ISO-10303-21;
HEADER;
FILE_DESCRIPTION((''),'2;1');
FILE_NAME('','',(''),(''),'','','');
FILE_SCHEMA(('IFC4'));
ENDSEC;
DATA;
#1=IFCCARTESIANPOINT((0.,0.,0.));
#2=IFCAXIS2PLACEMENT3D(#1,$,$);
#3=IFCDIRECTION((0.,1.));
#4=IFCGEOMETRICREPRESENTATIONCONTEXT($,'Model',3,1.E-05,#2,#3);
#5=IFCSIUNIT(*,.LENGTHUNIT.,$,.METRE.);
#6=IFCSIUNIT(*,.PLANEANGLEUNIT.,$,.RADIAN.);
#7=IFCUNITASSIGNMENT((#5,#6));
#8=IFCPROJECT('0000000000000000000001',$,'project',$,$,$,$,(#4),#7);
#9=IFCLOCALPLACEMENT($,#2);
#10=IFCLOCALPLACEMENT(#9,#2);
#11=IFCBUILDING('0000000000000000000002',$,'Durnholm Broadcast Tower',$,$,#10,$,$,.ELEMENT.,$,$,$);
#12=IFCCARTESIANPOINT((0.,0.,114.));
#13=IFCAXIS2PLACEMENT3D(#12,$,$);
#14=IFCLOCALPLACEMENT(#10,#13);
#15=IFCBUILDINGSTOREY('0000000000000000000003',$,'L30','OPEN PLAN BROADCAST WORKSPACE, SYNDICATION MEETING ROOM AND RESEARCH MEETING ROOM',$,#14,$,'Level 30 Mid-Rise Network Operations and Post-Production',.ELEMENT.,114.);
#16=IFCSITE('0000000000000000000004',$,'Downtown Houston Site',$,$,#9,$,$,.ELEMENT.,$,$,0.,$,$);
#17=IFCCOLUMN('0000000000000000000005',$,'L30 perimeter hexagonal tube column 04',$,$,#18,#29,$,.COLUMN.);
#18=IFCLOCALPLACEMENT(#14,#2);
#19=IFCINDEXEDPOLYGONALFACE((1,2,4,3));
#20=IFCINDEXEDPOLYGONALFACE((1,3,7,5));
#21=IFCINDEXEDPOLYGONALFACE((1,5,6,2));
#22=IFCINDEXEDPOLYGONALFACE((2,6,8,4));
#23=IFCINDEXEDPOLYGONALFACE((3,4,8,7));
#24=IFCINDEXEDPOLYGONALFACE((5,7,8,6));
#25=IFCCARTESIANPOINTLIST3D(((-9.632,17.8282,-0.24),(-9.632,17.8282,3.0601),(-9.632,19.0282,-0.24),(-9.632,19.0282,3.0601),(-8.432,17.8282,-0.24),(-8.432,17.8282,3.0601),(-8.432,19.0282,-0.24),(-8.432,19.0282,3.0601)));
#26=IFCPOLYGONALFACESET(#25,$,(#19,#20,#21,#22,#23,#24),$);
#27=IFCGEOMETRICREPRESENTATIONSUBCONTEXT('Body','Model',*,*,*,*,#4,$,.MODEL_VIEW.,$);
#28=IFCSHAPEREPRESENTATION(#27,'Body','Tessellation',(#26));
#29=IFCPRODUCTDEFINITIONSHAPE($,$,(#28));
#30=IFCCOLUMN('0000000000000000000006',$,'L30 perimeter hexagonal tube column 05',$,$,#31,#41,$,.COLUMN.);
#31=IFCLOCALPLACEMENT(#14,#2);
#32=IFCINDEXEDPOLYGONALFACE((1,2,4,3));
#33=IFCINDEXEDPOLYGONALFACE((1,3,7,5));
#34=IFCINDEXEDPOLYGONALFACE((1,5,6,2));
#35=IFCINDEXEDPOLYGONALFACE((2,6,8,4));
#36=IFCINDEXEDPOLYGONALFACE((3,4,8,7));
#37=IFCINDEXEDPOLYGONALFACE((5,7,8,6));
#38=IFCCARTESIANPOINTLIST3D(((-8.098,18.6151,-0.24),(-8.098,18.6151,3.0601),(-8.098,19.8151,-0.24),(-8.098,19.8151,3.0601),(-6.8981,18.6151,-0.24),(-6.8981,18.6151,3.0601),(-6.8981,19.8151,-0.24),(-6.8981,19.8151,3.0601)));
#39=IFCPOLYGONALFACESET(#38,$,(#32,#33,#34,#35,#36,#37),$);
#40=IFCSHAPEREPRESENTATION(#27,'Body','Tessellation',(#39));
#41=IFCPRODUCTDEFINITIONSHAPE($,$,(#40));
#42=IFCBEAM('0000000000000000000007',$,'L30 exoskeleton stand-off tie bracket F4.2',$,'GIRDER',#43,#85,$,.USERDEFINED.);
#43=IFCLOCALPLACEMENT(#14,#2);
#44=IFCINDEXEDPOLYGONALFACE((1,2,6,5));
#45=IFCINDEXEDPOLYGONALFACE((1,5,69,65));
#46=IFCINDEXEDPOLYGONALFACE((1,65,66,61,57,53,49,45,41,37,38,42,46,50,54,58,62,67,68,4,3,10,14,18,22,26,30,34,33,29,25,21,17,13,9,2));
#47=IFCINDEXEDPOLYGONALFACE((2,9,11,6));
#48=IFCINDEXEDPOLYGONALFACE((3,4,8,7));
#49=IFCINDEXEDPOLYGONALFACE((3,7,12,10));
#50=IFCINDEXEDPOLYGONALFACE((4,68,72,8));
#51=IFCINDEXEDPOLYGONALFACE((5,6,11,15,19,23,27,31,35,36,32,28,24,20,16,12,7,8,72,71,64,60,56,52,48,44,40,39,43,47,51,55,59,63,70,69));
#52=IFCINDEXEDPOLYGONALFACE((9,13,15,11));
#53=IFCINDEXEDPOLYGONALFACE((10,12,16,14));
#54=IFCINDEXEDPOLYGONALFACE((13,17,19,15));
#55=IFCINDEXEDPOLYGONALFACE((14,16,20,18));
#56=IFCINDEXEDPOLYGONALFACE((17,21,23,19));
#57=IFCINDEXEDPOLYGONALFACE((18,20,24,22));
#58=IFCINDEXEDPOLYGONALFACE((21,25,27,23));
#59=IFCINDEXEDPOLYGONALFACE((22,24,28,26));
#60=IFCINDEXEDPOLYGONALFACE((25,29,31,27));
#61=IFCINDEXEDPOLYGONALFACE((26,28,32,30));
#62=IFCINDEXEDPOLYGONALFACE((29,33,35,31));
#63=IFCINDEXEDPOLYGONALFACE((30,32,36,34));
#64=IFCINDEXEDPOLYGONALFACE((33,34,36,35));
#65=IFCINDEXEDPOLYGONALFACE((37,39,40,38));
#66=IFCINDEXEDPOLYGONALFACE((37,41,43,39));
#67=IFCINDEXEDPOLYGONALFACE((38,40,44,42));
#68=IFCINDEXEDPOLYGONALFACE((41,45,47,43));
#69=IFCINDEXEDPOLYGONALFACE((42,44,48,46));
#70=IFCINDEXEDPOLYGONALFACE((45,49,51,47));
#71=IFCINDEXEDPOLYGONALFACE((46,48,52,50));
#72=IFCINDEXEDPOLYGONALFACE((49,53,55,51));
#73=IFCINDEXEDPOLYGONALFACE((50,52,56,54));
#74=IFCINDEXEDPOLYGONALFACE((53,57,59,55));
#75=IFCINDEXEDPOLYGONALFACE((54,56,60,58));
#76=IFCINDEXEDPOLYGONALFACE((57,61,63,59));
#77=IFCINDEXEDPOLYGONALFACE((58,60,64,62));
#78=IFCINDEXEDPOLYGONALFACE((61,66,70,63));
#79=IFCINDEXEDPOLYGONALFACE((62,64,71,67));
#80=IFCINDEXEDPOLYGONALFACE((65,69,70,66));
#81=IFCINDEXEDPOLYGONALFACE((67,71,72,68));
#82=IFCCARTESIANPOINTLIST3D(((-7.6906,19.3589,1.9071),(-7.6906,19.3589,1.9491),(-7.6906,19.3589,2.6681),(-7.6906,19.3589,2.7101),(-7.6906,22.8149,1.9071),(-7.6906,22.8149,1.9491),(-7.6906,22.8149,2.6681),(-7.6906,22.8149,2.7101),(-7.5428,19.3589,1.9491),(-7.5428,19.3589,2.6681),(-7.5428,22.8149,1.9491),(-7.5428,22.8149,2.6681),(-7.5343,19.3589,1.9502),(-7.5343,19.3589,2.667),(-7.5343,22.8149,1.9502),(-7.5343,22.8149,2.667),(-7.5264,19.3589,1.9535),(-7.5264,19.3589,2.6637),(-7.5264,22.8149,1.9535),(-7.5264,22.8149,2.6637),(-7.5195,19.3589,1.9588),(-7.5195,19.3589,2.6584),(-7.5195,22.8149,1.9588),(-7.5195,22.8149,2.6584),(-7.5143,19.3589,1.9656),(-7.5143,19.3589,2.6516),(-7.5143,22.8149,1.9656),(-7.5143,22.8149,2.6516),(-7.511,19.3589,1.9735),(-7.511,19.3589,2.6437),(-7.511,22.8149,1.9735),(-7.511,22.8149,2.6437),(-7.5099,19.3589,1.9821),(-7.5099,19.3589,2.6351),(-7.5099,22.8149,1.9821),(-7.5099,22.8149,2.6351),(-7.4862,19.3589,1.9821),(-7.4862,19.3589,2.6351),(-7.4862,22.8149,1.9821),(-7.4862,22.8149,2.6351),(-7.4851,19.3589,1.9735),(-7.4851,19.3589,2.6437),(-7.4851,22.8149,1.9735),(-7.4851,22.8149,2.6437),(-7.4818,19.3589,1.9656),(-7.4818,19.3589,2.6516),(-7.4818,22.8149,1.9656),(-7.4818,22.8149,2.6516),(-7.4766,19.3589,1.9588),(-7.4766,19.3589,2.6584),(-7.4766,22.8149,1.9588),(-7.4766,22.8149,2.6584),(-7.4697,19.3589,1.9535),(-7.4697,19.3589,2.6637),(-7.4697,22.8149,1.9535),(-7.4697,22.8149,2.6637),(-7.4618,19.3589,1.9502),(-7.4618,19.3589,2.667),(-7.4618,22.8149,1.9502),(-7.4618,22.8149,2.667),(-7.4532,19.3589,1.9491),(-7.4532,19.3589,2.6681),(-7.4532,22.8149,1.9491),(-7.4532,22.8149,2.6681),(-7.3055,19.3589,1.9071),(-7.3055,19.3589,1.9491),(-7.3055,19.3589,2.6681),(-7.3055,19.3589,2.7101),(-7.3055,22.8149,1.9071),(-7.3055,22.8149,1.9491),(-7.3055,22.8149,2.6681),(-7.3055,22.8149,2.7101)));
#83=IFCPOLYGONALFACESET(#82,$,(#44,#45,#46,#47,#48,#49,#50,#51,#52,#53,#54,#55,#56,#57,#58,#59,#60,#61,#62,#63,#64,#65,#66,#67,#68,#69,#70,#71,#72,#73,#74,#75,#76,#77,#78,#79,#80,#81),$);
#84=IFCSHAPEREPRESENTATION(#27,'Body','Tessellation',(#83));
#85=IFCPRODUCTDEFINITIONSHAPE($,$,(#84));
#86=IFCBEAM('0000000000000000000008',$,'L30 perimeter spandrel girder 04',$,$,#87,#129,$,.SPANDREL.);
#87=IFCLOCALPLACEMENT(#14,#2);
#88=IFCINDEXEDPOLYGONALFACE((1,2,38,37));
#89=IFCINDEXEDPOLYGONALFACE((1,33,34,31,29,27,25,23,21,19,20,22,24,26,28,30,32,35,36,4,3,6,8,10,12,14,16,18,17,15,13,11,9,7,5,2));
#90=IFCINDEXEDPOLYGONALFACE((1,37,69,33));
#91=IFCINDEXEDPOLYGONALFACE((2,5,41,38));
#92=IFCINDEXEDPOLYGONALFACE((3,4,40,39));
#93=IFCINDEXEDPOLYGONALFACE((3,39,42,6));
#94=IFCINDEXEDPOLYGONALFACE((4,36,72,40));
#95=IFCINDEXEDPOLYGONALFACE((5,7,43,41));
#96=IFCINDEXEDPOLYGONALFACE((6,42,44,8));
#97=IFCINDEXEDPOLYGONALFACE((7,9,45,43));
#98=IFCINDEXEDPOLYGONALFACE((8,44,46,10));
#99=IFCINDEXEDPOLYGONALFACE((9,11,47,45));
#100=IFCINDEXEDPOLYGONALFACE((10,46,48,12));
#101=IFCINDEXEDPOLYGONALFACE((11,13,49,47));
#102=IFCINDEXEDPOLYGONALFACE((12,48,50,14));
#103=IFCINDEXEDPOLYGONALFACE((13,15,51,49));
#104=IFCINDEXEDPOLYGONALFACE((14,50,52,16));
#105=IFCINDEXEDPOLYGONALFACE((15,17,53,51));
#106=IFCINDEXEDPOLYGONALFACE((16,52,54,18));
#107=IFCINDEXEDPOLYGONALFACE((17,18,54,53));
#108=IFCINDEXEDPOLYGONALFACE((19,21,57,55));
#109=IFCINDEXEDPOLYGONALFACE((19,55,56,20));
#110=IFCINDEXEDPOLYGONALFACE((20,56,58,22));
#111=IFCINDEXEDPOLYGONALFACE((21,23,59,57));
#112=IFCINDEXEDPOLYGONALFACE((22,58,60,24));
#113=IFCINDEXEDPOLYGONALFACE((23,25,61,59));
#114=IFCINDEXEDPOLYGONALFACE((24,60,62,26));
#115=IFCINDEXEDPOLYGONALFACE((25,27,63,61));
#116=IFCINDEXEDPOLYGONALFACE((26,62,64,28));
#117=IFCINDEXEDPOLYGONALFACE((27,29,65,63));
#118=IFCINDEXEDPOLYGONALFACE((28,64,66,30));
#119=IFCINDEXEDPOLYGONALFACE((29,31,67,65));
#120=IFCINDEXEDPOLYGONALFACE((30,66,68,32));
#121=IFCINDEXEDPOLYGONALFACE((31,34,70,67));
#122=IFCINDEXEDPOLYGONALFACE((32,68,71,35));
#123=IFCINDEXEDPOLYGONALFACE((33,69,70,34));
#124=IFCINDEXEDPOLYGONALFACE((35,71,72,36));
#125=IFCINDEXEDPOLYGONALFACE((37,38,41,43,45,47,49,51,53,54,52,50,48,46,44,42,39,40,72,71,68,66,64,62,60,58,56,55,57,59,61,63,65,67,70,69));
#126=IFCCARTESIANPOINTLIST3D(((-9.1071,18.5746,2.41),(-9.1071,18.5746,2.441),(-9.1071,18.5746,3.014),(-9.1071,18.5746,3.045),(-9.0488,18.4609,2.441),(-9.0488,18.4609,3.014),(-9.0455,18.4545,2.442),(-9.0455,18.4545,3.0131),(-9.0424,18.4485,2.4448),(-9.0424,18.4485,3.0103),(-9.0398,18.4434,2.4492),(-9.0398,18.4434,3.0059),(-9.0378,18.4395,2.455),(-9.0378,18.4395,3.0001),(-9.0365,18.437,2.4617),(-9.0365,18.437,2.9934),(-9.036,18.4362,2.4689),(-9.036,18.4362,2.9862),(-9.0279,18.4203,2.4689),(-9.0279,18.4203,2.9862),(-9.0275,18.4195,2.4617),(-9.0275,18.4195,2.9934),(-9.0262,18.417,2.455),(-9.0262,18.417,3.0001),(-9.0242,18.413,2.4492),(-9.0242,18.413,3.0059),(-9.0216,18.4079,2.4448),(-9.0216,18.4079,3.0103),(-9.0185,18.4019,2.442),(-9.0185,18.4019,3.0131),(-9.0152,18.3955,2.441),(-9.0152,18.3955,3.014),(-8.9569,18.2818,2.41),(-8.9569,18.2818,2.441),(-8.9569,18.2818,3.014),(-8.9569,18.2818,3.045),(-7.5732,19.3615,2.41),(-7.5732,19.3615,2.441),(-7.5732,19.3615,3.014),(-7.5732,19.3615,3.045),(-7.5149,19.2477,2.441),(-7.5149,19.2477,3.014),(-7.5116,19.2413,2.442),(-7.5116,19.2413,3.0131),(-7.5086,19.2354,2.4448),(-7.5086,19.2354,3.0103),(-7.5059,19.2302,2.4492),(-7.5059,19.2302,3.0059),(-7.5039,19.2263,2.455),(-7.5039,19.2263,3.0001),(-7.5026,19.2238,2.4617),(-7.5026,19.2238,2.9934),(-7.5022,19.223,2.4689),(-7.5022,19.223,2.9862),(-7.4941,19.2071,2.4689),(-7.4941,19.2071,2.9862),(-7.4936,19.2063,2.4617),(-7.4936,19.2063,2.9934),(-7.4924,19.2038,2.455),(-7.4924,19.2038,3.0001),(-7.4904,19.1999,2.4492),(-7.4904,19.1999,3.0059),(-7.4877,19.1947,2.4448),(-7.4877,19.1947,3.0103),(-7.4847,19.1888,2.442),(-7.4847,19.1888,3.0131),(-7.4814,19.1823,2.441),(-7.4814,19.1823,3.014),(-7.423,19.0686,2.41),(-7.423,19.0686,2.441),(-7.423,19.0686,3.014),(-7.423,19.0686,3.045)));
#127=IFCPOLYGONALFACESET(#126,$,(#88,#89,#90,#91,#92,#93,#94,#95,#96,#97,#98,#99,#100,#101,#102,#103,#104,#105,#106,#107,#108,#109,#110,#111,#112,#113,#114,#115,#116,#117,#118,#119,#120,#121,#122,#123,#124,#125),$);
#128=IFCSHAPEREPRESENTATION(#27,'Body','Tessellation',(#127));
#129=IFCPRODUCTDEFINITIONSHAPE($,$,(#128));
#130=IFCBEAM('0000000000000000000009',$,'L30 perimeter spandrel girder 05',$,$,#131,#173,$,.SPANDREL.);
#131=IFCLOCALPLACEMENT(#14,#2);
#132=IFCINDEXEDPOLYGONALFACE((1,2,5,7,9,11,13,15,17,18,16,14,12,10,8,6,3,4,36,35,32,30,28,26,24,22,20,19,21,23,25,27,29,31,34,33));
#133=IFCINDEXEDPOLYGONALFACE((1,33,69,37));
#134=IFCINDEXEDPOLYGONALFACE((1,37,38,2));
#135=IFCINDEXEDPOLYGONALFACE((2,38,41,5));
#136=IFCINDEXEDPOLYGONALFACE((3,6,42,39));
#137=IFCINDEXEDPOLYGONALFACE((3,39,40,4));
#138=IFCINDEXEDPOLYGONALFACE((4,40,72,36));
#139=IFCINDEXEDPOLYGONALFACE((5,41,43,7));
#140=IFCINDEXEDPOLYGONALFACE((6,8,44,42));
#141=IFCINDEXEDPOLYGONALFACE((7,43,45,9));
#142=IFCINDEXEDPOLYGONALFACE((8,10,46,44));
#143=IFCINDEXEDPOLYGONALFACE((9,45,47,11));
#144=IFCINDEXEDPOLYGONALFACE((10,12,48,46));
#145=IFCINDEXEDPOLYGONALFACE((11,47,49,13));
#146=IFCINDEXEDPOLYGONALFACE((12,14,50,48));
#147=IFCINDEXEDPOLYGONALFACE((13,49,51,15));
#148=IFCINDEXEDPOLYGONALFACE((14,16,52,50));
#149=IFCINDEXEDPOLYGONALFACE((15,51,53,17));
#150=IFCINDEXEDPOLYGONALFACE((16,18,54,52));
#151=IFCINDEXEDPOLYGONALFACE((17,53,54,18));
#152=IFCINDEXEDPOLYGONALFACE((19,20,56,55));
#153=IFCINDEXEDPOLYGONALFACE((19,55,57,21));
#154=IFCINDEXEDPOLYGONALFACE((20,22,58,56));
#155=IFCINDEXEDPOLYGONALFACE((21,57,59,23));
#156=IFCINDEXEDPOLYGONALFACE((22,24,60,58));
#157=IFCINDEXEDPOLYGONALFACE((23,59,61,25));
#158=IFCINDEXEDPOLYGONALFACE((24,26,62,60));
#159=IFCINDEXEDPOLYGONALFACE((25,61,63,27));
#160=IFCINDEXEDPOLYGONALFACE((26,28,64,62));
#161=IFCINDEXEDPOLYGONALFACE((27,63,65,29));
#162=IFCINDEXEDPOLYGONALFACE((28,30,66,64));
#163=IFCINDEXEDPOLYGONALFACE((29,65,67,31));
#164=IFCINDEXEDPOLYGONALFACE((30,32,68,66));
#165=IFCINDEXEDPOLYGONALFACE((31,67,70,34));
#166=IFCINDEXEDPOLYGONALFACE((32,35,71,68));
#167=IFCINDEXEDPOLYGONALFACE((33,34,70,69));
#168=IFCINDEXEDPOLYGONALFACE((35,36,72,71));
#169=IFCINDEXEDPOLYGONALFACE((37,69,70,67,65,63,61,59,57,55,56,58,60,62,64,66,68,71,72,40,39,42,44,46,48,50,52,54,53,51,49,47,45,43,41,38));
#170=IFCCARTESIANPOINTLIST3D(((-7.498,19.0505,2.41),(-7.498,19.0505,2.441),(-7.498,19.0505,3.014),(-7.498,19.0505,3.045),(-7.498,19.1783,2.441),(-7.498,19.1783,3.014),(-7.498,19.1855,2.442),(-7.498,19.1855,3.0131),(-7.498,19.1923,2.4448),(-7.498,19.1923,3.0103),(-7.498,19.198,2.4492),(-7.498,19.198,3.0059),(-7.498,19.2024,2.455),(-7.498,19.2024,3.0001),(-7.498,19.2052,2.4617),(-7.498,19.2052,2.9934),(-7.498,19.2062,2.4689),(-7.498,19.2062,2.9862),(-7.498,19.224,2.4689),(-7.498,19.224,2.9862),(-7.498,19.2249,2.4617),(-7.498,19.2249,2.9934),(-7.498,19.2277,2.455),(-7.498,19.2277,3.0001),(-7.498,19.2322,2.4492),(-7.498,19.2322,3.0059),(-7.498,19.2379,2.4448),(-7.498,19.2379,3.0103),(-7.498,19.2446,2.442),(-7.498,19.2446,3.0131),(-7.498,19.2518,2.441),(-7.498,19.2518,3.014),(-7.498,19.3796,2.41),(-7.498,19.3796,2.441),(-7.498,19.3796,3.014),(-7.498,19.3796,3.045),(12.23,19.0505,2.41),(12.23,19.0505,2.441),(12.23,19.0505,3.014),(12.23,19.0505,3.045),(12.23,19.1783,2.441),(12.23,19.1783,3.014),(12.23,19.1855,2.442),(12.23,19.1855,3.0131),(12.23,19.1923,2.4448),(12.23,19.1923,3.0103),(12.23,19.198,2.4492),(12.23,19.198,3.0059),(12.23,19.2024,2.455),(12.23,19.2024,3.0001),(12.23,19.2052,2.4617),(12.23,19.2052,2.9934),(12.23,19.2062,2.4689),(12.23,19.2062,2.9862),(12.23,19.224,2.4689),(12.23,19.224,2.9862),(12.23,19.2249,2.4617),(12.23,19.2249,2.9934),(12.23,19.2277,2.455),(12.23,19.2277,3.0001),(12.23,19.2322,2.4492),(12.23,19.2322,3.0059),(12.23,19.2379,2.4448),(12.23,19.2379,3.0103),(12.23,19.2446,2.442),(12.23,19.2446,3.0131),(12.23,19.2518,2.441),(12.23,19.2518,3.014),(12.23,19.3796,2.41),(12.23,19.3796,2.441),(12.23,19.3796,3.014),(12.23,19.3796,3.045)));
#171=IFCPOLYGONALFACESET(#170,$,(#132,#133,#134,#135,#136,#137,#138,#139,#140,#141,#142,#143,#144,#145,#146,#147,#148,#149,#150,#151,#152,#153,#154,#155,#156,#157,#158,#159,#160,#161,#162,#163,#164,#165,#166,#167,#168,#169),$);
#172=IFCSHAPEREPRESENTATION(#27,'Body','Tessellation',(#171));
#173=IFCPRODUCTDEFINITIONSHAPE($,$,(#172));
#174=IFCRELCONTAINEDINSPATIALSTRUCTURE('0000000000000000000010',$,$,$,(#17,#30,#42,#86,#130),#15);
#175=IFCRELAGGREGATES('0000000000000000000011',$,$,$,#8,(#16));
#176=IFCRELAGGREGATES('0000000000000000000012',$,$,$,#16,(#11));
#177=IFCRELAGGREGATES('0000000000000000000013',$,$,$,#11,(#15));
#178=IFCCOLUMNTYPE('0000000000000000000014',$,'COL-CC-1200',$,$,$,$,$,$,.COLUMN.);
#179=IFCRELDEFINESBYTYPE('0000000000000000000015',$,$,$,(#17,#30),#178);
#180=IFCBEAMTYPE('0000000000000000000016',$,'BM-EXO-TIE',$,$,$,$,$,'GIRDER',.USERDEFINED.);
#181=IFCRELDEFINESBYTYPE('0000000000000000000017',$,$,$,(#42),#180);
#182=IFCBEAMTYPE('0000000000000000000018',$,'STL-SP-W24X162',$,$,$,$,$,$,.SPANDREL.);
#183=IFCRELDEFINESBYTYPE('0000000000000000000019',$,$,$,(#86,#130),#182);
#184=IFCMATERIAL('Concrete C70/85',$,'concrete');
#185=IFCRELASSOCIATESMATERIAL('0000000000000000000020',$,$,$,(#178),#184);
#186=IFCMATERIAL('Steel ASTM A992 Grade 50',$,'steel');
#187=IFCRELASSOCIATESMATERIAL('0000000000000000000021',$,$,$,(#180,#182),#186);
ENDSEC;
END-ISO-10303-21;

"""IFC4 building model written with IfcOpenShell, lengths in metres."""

from ifc_helpers import new_model, si_unit, direction, frame, origin, origin_2d, place, context, subcontext, project, spatial, rectangle, i_section, extrude, source, transform, mapped, material, material_profile, profile_set, type_object, type_shapes, element, save


model = new_model("IFC4")

# Units and contexts
model_context = context("Model", 3, precision=1e-05, world=origin(), true_north=direction((0.0, 1.0)))
body_context = subcontext(model_context, "Body", "Model", "MODEL_VIEW")
ifc_project = project(units=[si_unit("LENGTHUNIT", "METRE"), si_unit("PLANEANGLEUNIT", "RADIAN")], contexts=[model_context])

# Site, building, storey
site_placement = place(None, origin())
site = spatial("IfcSite", under=ifc_project, at=site_placement, Name="Downtown Houston Site", CompositionType="ELEMENT", RefElevation=0.0)
building_placement = place(site_placement, origin())
building = spatial("IfcBuilding", under=site, at=building_placement, Name="Durnholm Broadcast Tower", CompositionType="ELEMENT")
storey_placement = place(building_placement, frame((0.0, 0.0, 114.0)))
storey = spatial("IfcBuildingStorey", under=building, at=storey_placement, Name="L30", Description="OPEN PLAN BROADCAST WORKSPACE, SYNDICATION MEETING ROOM AND RESEARCH MEETING ROOM", LongName="Level 30 Mid-Rise Network Operations and Post-Production", CompositionType="ELEMENT", Elevation=114.0)

# Columns
ifc_material_1 = material(Name="Concrete C70/85", Category="concrete")
ifc_material_profile_1 = material_profile(ifc_material_1, rectangle(XDim=1.2, YDim=1.2, at=origin_2d()), Name="RC1200X1200")
ifc_profile_set_1 = profile_set([ifc_material_profile_1], Name="Concrete C70/85")
column_type = type_object("IfcColumnType", Name="COL-CC-1200", PredefinedType="COLUMN", material=ifc_profile_set_1)
shared_shape_1 = source(origin(), body_context, "Body", "SweptSolid", [
    extrude(rectangle(XDim=1.2, YDim=1.2, at=origin_2d()), origin(), (0.0, 0.0, 1.0), 3.3),
])
type_shapes(column_type, [shared_shape_1])
for number, where, z_axis, x_axis, name in (
    (1, (-9.032, 18.4282, -0.24), (0.0, 0.0, 1.0), (1.0, 0.0, 0.0), "L30 perimeter hexagonal tube column 04"),
    (2, (-7.498, 19.2151, -0.24), (0.0, 0.0, 1.0), (1.0, 0.0, 0.0), "L30 perimeter hexagonal tube column 05"),
):
    element("IfcColumn", number, at=place(storey_placement, frame(where, z_axis=z_axis, x_axis=x_axis)), inside=storey, type_object=column_type, Name=name, PredefinedType="COLUMN", context=body_context, shape_type="MappedRepresentation", body=[
        mapped(shared_shape_1, transform((0.0, 0.0, 0.0), x_axis=(1.0, 0.0, 0.0), y_axis=(0.0, 1.0, 0.0), z_axis=(0.0, 0.0, 1.0), scale=1.0)),
    ])

# Beams
ifc_material_2 = material(Name="Steel ASTM A992 Grade 50", Category="steel")
ifc_material_profile_2 = material_profile(ifc_material_2, i_section(OverallWidth=0.385, OverallDepth=0.803, WebThickness=0.0237, FlangeThickness=0.042, FilletRadius=0.033, at=origin_2d()), Name="W30X261")
ifc_profile_set_2 = profile_set([ifc_material_profile_2], Name="Steel ASTM A992 Grade 50")
beam_type_1 = type_object("IfcBeamType", Name="BM-EXO-TIE", ElementType="GIRDER", PredefinedType="USERDEFINED", material=ifc_profile_set_2)
shared_shape_2 = source(origin(), body_context, "Body", "SweptSolid", [
    extrude(i_section(OverallWidth=0.385, OverallDepth=0.803, WebThickness=0.0237, FlangeThickness=0.042, FilletRadius=0.033, at=origin_2d()), origin(), (0.0, 0.0, 1.0), 3.4561),
])
beam_1_placement = place(storey_placement, frame((-7.498, 19.3589, 2.3086), z_axis=(0.0, 1.0, 0.0), x_axis=(-1.0, 0.0, 0.0)))
element("IfcBeam", 3, at=beam_1_placement, inside=storey, type_object=beam_type_1, Name="L30 exoskeleton stand-off tie bracket F4.2", ObjectType="GIRDER", PredefinedType="USERDEFINED", context=body_context, shape_type="MappedRepresentation", body=[
    mapped(shared_shape_2, transform((0.0, 0.0, 0.0), x_axis=(1.0, 0.0, 0.0), y_axis=(0.0, 1.0, 0.0), z_axis=(0.0, 0.0, 1.0), scale=1.0)),
])
ifc_material_profile_3 = material_profile(ifc_material_2, i_section(OverallWidth=0.3291, OverallDepth=0.635, WebThickness=0.0178, FlangeThickness=0.031, FilletRadius=0.0278, at=origin_2d()), Name="W24X162")
ifc_profile_set_3 = profile_set([ifc_material_profile_3], Name="Steel ASTM A992 Grade 50")
beam_type_2 = type_object("IfcBeamType", Name="STL-SP-W24X162", PredefinedType="SPANDREL", material=ifc_profile_set_3)
shared_shape_3 = source(origin(), body_context, "Body", "SweptSolid", [
    extrude(i_section(OverallWidth=0.3291, OverallDepth=0.635, WebThickness=0.0178, FlangeThickness=0.031, FilletRadius=0.0278, at=origin_2d()), origin(), (0.0, 0.0, 1.0), 1.7239),
])
beam_2_placement = place(storey_placement, frame((-9.032, 18.4282, 2.7275), z_axis=(0.889763, 0.456423, 0.0), x_axis=(-0.456423, 0.889763, 0.0)))
element("IfcBeam", 4, at=beam_2_placement, inside=storey, type_object=beam_type_2, Name="L30 perimeter spandrel girder 04", PredefinedType="SPANDREL", context=body_context, shape_type="MappedRepresentation", body=[
    mapped(shared_shape_3, transform((0.0, 0.0, 0.0), x_axis=(1.0, 0.0, 0.0), y_axis=(0.0, 1.0, 0.0), z_axis=(0.0, 0.0, 1.0), scale=1.0)),
])
shared_shape_4 = source(origin(), body_context, "Body", "SweptSolid", [
    extrude(i_section(OverallWidth=0.3291, OverallDepth=0.635, WebThickness=0.0178, FlangeThickness=0.031, FilletRadius=0.0278, at=origin_2d()), origin(), (0.0, 0.0, 1.0), 19.728),
])
type_shapes(beam_type_2, [shared_shape_3, shared_shape_4])
beam_3_placement = place(storey_placement, frame((-7.498, 19.2151, 2.7275), z_axis=(1.0, 0.0, 0.0), x_axis=(0.0, 1.0, 0.0)))
element("IfcBeam", 5, at=beam_3_placement, inside=storey, type_object=beam_type_2, Name="L30 perimeter spandrel girder 05", PredefinedType="SPANDREL", context=body_context, shape_type="MappedRepresentation", body=[
    mapped(shared_shape_4, transform((0.0, 0.0, 0.0), x_axis=(1.0, 0.0, 0.0), y_axis=(0.0, 1.0, 0.0), z_axis=(0.0, 0.0, 1.0), scale=1.0)),
])

save(model, "model.ifc")
